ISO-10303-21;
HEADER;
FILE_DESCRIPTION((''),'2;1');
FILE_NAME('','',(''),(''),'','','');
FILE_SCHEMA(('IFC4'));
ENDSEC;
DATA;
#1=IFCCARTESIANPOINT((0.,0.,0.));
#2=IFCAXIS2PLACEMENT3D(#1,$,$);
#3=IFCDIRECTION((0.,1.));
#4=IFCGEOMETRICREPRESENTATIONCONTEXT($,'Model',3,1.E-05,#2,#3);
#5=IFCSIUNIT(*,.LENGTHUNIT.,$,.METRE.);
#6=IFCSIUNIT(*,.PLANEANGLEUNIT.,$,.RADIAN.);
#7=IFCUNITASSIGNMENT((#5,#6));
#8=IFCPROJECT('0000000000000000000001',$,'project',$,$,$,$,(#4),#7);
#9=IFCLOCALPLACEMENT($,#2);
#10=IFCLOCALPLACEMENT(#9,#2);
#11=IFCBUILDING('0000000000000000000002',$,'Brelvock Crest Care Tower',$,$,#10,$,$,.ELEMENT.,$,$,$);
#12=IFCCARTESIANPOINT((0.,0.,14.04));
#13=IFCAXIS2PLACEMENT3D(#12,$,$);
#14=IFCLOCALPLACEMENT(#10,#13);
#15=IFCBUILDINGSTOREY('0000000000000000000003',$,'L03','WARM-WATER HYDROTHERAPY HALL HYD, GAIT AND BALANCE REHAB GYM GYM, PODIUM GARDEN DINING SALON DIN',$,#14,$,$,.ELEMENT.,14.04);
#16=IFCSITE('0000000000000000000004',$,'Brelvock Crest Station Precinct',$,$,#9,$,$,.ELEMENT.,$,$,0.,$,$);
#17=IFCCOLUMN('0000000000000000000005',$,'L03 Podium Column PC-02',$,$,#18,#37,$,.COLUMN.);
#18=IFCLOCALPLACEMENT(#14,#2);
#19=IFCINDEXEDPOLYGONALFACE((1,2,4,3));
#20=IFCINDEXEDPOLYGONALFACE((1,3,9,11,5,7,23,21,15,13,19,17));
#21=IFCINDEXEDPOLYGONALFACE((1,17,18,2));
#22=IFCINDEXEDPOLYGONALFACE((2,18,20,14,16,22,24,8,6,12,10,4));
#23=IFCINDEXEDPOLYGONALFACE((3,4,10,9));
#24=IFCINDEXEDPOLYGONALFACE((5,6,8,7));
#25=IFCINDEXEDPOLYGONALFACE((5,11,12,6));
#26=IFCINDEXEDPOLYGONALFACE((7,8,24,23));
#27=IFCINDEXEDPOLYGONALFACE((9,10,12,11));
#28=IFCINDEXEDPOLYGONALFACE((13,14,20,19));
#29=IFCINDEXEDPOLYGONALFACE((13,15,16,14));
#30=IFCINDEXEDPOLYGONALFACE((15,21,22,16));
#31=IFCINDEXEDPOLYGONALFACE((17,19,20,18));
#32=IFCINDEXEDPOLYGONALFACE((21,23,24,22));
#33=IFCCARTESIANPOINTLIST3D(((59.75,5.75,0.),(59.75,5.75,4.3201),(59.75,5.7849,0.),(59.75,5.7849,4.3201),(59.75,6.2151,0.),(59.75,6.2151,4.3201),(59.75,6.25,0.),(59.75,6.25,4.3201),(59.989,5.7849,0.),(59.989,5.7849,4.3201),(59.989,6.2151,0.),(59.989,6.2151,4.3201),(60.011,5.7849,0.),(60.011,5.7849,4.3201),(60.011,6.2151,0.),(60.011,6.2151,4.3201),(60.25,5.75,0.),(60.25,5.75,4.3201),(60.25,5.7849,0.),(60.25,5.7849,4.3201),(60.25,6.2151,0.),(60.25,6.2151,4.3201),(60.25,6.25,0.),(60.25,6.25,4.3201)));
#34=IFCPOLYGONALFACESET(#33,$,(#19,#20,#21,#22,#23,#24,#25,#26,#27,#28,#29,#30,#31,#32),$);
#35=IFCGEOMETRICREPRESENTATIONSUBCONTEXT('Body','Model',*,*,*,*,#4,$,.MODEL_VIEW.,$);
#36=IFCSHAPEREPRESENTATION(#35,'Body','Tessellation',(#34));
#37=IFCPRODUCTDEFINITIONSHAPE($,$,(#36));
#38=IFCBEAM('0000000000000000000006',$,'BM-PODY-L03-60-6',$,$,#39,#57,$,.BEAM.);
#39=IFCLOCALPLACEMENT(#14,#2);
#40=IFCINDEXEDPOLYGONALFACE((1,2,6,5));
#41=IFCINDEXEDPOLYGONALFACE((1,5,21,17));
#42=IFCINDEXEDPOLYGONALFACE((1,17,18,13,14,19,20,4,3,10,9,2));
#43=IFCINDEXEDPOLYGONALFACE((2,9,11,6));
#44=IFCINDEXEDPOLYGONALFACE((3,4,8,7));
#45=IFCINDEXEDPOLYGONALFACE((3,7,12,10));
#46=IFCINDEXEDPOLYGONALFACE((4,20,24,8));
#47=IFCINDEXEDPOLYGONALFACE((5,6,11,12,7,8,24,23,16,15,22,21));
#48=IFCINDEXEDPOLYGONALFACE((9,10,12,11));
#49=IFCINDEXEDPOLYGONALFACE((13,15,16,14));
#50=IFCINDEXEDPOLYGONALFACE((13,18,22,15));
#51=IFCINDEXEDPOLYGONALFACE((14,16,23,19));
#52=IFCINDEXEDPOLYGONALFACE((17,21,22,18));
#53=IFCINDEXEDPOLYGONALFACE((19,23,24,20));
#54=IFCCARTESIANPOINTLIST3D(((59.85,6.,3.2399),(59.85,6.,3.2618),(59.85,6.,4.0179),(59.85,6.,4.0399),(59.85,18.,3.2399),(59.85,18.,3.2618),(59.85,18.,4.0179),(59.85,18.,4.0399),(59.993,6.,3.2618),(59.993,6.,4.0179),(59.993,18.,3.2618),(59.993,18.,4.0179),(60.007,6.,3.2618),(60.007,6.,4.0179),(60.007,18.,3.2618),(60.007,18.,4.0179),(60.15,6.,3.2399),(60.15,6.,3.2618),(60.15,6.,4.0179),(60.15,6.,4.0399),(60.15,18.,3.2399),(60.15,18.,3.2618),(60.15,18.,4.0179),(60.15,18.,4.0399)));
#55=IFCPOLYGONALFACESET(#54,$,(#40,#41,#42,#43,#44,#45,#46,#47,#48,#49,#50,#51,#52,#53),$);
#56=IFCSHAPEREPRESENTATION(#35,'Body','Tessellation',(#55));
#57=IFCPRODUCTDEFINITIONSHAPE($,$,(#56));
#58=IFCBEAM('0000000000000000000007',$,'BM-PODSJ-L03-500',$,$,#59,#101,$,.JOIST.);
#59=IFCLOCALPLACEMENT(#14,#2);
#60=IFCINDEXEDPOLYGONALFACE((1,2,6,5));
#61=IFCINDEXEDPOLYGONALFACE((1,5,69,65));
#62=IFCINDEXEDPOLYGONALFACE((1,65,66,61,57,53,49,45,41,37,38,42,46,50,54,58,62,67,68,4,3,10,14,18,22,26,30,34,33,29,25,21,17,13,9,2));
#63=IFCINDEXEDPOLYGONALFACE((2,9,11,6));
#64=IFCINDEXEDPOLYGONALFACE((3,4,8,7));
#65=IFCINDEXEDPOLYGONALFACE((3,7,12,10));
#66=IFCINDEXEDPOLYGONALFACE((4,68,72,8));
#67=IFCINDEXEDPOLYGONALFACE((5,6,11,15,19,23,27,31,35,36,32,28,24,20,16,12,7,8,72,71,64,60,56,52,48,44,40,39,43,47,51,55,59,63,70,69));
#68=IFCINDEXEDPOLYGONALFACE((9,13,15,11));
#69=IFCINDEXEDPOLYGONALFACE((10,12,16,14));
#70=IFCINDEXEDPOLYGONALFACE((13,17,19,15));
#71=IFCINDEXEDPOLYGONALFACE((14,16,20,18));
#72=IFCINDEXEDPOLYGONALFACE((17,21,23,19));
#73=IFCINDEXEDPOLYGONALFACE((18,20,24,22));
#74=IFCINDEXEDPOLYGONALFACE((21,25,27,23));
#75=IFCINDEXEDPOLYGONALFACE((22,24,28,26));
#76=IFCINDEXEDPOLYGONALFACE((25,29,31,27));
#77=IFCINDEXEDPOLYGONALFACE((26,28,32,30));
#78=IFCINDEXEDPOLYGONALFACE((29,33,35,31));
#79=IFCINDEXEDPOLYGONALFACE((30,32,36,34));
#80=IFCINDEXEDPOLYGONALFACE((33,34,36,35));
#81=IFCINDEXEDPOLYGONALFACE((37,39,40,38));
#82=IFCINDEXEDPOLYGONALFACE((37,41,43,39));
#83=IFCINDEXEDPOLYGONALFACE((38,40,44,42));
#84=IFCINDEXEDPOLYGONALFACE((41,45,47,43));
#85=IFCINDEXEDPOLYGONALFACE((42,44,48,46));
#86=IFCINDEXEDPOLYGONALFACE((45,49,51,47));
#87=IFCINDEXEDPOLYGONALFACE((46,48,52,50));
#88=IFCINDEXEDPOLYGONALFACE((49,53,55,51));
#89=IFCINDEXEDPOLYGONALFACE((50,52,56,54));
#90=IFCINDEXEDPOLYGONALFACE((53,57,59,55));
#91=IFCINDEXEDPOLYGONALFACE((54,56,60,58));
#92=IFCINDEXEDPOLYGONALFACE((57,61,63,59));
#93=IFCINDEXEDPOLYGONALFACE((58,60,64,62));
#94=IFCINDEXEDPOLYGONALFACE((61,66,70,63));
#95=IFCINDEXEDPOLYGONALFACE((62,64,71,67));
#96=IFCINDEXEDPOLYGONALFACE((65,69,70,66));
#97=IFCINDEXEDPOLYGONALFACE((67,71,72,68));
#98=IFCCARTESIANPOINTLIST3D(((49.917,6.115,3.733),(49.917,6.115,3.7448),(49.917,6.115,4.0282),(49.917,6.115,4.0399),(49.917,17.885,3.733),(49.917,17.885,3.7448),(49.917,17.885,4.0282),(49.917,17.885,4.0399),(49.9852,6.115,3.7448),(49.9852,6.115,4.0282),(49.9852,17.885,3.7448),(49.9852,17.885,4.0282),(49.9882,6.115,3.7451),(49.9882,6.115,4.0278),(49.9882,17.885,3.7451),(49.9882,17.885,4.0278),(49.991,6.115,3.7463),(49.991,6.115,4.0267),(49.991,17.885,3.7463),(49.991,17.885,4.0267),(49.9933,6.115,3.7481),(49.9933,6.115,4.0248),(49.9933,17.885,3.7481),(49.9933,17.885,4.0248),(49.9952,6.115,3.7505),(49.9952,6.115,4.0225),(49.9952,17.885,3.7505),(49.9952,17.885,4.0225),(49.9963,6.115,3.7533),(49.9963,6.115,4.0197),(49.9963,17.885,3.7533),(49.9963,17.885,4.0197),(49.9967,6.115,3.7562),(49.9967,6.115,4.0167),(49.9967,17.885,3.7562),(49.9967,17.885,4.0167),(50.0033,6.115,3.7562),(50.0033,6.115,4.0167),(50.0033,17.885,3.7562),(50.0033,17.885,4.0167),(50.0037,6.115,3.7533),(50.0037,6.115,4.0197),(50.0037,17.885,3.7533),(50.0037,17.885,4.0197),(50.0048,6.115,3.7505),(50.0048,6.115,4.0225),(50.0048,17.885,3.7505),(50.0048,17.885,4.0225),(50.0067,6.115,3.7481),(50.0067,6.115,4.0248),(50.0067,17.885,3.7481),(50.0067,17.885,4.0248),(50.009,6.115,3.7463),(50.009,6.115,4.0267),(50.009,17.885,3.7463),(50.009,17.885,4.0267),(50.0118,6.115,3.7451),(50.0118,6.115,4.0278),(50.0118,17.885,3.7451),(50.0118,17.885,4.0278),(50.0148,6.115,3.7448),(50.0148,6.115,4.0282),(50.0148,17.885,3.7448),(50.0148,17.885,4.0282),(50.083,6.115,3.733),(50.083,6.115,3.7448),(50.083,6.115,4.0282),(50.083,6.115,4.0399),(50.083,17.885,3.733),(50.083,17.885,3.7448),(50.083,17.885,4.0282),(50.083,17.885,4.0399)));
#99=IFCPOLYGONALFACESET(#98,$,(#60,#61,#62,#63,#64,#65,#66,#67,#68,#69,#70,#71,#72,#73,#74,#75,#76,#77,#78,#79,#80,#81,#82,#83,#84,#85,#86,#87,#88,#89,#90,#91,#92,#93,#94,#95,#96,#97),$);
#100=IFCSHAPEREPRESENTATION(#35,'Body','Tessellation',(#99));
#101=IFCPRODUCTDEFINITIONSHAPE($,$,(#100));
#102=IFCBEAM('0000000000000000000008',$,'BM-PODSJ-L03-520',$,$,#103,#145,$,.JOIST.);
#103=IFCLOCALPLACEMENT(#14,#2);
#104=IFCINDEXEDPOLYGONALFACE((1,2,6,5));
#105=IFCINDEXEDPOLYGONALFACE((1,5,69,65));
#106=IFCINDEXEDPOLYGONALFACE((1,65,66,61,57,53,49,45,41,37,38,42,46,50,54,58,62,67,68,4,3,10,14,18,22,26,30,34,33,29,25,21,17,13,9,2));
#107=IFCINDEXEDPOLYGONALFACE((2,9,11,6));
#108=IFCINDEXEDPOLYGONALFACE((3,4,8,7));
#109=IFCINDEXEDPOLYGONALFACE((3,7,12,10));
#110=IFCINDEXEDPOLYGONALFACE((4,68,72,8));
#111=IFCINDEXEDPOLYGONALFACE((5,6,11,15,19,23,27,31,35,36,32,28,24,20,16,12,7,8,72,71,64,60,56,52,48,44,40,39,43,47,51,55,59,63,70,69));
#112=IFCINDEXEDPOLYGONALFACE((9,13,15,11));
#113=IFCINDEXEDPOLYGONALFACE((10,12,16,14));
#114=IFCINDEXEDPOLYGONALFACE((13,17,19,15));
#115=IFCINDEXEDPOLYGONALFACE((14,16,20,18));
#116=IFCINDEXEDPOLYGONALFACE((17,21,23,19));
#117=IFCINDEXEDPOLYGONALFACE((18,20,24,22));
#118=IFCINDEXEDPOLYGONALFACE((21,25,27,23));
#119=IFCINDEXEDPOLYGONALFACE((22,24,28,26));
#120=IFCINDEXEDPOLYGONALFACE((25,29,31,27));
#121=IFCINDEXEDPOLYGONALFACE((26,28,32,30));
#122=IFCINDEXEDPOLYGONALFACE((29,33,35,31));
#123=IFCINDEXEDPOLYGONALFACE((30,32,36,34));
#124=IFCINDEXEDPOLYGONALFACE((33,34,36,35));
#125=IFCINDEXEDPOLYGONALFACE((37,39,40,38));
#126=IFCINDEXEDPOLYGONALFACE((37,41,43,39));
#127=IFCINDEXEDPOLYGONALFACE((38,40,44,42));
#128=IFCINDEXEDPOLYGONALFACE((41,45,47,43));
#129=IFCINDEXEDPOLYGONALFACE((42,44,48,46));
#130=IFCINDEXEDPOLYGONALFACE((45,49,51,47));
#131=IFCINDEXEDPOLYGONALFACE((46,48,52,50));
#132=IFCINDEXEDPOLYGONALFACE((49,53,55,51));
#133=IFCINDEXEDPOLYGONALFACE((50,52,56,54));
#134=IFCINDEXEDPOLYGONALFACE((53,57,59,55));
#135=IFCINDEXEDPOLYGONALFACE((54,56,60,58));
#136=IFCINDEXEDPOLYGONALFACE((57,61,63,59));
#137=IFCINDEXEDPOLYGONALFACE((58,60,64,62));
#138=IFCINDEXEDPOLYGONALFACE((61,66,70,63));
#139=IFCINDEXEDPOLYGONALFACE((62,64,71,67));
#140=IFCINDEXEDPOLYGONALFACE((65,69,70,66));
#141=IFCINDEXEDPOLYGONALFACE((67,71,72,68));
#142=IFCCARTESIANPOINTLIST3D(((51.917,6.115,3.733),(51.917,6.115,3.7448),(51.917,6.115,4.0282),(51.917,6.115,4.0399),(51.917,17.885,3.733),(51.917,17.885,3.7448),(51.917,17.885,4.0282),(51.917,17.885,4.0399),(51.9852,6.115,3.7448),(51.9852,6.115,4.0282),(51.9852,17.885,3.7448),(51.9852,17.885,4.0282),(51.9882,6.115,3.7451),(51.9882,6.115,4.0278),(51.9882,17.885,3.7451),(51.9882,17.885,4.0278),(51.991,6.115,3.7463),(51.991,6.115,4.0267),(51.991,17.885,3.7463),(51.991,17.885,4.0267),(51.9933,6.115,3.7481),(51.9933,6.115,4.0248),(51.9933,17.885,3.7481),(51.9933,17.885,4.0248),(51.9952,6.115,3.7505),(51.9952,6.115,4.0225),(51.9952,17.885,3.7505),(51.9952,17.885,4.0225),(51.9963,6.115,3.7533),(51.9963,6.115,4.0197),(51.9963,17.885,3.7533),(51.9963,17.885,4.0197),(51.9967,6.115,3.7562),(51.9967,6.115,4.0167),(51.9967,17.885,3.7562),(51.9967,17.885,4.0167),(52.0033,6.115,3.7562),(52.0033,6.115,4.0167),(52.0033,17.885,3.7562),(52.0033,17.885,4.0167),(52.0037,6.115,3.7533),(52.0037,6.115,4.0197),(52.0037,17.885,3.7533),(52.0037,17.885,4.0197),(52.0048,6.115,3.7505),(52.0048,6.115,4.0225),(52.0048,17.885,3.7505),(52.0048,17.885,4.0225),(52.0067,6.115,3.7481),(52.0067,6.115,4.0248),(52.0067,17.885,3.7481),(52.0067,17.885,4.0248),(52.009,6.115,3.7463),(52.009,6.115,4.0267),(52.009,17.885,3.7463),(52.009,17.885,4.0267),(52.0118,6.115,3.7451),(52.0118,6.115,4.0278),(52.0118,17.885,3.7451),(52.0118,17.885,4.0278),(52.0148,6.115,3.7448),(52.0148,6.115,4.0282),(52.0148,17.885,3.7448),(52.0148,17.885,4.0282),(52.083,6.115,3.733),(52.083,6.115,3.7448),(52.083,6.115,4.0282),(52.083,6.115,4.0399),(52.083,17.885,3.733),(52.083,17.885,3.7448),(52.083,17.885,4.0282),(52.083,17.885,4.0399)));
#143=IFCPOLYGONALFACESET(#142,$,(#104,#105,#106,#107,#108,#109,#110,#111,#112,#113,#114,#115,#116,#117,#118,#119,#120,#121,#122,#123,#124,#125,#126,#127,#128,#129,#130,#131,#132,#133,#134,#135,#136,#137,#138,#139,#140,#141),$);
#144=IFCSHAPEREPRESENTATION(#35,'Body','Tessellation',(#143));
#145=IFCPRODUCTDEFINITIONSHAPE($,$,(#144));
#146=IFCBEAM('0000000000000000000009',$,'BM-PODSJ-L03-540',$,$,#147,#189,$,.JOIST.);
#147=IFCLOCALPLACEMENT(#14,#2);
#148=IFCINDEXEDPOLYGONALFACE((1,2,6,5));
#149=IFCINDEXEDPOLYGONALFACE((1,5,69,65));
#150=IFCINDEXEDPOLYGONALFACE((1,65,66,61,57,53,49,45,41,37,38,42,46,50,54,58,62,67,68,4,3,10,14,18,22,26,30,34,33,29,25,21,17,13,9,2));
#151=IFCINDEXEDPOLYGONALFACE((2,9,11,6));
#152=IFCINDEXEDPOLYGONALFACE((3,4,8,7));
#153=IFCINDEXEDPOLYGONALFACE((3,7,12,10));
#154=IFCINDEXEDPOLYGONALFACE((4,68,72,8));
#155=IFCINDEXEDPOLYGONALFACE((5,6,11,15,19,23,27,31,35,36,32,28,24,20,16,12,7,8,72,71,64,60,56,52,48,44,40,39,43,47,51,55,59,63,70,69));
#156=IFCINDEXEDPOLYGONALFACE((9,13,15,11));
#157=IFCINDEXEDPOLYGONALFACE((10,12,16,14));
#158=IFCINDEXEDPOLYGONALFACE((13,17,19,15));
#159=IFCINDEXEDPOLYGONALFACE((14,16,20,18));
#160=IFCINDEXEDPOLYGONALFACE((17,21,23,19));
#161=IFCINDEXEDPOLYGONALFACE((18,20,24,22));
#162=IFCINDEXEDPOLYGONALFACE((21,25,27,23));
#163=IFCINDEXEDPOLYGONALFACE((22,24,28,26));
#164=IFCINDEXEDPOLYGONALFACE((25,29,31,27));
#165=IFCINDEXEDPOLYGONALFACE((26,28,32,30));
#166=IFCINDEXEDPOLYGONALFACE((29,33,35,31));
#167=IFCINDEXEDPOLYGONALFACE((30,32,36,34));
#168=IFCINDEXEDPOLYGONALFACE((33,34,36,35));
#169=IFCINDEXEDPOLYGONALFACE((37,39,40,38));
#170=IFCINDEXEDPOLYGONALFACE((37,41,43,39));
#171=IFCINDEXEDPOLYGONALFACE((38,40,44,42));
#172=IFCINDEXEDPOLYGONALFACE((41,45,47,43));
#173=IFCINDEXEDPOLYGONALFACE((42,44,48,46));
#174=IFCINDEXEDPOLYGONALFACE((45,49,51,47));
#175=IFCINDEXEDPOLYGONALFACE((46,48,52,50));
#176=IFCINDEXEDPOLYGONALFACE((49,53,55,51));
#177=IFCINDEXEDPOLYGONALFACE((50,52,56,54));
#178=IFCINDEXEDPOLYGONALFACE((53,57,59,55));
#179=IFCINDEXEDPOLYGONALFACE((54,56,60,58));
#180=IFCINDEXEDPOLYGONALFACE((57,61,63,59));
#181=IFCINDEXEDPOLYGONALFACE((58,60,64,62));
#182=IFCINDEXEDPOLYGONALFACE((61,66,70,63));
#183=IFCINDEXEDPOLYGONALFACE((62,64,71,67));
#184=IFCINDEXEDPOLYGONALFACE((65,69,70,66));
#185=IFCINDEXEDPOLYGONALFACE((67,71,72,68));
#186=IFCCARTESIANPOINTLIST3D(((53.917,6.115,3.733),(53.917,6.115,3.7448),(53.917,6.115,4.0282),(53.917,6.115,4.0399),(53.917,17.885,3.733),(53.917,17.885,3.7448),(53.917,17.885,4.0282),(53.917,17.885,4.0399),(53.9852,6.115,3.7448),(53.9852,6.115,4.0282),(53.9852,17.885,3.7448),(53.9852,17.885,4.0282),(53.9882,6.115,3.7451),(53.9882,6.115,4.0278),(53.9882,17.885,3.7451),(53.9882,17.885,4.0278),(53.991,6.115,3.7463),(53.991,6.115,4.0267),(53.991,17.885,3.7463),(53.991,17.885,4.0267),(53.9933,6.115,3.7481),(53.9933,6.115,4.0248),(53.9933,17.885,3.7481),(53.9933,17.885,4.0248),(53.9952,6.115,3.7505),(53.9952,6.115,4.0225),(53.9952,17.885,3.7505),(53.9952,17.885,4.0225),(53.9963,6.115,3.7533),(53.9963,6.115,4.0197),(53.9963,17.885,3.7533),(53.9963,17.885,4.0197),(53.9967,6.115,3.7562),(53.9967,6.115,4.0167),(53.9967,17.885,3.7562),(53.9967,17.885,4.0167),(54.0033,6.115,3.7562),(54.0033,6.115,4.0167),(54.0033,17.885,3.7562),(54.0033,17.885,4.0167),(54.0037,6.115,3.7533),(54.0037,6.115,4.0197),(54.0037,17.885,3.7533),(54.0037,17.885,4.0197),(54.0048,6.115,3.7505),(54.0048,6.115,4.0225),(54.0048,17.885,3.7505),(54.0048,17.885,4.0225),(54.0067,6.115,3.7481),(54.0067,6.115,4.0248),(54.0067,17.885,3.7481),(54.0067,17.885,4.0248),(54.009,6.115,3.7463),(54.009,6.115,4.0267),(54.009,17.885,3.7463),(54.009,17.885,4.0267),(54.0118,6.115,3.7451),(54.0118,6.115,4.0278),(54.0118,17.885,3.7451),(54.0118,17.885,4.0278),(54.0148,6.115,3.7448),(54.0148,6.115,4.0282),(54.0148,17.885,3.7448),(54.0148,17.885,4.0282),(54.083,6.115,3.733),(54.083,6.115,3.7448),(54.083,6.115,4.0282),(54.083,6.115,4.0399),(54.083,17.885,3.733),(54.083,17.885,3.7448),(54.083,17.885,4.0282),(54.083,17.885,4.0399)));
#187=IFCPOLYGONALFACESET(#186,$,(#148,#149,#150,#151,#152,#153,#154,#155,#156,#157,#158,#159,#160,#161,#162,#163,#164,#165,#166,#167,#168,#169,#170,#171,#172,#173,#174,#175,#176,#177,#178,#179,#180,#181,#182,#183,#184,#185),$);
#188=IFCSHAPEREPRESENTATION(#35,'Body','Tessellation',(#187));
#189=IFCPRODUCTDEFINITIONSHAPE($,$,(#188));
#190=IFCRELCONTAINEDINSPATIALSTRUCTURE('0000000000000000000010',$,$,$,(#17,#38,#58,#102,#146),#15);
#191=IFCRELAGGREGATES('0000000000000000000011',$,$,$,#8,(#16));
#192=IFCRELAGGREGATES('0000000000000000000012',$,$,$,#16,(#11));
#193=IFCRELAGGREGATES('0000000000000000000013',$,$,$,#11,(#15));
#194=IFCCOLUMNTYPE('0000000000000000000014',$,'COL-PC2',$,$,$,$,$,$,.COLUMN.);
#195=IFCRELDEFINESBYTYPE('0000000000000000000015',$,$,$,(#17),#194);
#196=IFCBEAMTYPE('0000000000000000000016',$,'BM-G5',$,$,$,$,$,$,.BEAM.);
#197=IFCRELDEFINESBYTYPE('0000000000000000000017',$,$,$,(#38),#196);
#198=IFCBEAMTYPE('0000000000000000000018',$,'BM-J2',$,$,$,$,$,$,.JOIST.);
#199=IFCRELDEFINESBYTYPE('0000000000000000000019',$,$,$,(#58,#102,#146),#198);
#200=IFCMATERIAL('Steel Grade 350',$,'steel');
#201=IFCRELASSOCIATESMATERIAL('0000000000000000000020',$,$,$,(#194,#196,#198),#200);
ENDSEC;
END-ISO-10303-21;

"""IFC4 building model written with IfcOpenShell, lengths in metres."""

from ifc_helpers import new_model, si_unit, direction, frame, origin, origin_2d, place, context, subcontext, project, spatial, i_section, extrude, source, transform, mapped, material, material_profile, profile_set, type_object, element, save


model = new_model("IFC4")

# Units and contexts
model_context = context("Model", 3, precision=1e-05, world=origin(), true_north=direction((0.0, 1.0)))
body_context = subcontext(model_context, "Body", "Model", "MODEL_VIEW")
ifc_project = project(units=[si_unit("LENGTHUNIT", "METRE"), si_unit("PLANEANGLEUNIT", "RADIAN")], contexts=[model_context])

# Site, building, storey
site_placement = place(None, origin())
site = spatial("IfcSite", under=ifc_project, at=site_placement, Name="Brelvock Crest Station Precinct", CompositionType="ELEMENT", RefElevation=0.0)
building_placement = place(site_placement, origin())
building = spatial("IfcBuilding", under=site, at=building_placement, Name="Brelvock Crest Care Tower", CompositionType="ELEMENT")
storey_placement = place(building_placement, frame((0.0, 0.0, 14.04)))
storey = spatial("IfcBuildingStorey", under=building, at=storey_placement, Name="L03", Description="WARM-WATER HYDROTHERAPY HALL HYD, GAIT AND BALANCE REHAB GYM GYM, PODIUM GARDEN DINING SALON DIN", CompositionType="ELEMENT", Elevation=14.04)

# Column
ifc_material_1 = material(Name="Steel Grade 350", Category="steel")
ifc_material_profile_1 = material_profile(ifc_material_1, i_section(OverallWidth=0.5, OverallDepth=0.5, WebThickness=0.022, FlangeThickness=0.0349, at=origin_2d()), Name="500WC340")
ifc_profile_set_1 = profile_set([ifc_material_profile_1], Name="Steel Grade 350")
column_type = type_object("IfcColumnType", Name="COL-PC2", PredefinedType="COLUMN", material=ifc_profile_set_1)
shared_shape_1 = source(origin(), body_context, "Body", "SweptSolid", [
    extrude(i_section(OverallWidth=0.5, OverallDepth=0.5, WebThickness=0.022, FlangeThickness=0.0349, at=origin_2d()), origin(), (0.0, 0.0, 1.0), 4.3201),
])
column_placement = place(storey_placement, frame((60.0, 6.0, 0.0), z_axis=(0.0, 0.0, 1.0), x_axis=(1.0, 0.0, 0.0)))
element("IfcColumn", 1, at=column_placement, inside=storey, type_object=column_type, Name="L03 Podium Column PC-02", PredefinedType="COLUMN", context=body_context, shape_type="MappedRepresentation", body=[
    mapped(shared_shape_1, transform((0.0, 0.0, 0.0), x_axis=(1.0, 0.0, 0.0), y_axis=(0.0, 1.0, 0.0), z_axis=(0.0, 0.0, 1.0), scale=1.0)),
])

# Beams
ifc_material_profile_2 = material_profile(ifc_material_1, i_section(OverallWidth=0.3, OverallDepth=0.8, WebThickness=0.0139, FlangeThickness=0.022, at=origin_2d()), Name="800WB192")
ifc_profile_set_2 = profile_set([ifc_material_profile_2], Name="Steel Grade 350")
beam_type_1 = type_object("IfcBeamType", Name="BM-G5", PredefinedType="BEAM", material=ifc_profile_set_2)
shared_shape_2 = source(origin(), body_context, "Body", "SweptSolid", [
    extrude(i_section(OverallWidth=0.3, OverallDepth=0.8, WebThickness=0.0139, FlangeThickness=0.022, at=origin_2d()), origin(), (0.0, 0.0, 1.0), 12.0),
])
beam_placement = place(storey_placement, frame((60.0, 6.0, 3.6399), z_axis=(0.0, 1.0, 0.0), x_axis=(-1.0, 0.0, 0.0)))
element("IfcBeam", 2, at=beam_placement, inside=storey, type_object=beam_type_1, Name="BM-PODY-L03-60-6", PredefinedType="BEAM", context=body_context, shape_type="MappedRepresentation", body=[
    mapped(shared_shape_2, transform((0.0, 0.0, 0.0), x_axis=(1.0, 0.0, 0.0), y_axis=(0.0, 1.0, 0.0), z_axis=(0.0, 0.0, 1.0), scale=1.0)),
])
ifc_material_profile_3 = material_profile(ifc_material_1, i_section(OverallWidth=0.166, OverallDepth=0.3069, WebThickness=0.0066, FlangeThickness=0.0117, FilletRadius=0.0115, at=origin_2d()), Name="310UB46.2")
ifc_profile_set_3 = profile_set([ifc_material_profile_3], Name="Steel Grade 350")
beam_type_2 = type_object("IfcBeamType", Name="BM-J2", PredefinedType="JOIST", material=ifc_profile_set_3)
shared_shape_3 = source(origin(), body_context, "Body", "SweptSolid", [
    extrude(i_section(OverallWidth=0.166, OverallDepth=0.3069, WebThickness=0.0066, FlangeThickness=0.0117, FilletRadius=0.0115, at=origin_2d()), origin(), (0.0, 0.0, 1.0), 11.77),
])
for number, where, z_axis, x_axis, name in (
    (3, (50.0, 6.115, 3.8865), (0.0, 1.0, 0.0), (-1.0, 0.0, 0.0), "BM-PODSJ-L03-500"),
    (4, (52.0, 6.115, 3.8865), (0.0, 1.0, 0.0), (-1.0, 0.0, 0.0), "BM-PODSJ-L03-520"),
    (5, (54.0, 6.115, 3.8865), (0.0, 1.0, 0.0), (-1.0, 0.0, 0.0), "BM-PODSJ-L03-540"),
):
    element("IfcBeam", number, at=place(storey_placement, frame(where, z_axis=z_axis, x_axis=x_axis)), inside=storey, type_object=beam_type_2, Name=name, PredefinedType="JOIST", context=body_context, shape_type="MappedRepresentation", body=[
        mapped(shared_shape_3, transform((0.0, 0.0, 0.0), x_axis=(1.0, 0.0, 0.0), y_axis=(0.0, 1.0, 0.0), z_axis=(0.0, 0.0, 1.0), scale=1.0)),
    ])

save(model, "model.ifc")
